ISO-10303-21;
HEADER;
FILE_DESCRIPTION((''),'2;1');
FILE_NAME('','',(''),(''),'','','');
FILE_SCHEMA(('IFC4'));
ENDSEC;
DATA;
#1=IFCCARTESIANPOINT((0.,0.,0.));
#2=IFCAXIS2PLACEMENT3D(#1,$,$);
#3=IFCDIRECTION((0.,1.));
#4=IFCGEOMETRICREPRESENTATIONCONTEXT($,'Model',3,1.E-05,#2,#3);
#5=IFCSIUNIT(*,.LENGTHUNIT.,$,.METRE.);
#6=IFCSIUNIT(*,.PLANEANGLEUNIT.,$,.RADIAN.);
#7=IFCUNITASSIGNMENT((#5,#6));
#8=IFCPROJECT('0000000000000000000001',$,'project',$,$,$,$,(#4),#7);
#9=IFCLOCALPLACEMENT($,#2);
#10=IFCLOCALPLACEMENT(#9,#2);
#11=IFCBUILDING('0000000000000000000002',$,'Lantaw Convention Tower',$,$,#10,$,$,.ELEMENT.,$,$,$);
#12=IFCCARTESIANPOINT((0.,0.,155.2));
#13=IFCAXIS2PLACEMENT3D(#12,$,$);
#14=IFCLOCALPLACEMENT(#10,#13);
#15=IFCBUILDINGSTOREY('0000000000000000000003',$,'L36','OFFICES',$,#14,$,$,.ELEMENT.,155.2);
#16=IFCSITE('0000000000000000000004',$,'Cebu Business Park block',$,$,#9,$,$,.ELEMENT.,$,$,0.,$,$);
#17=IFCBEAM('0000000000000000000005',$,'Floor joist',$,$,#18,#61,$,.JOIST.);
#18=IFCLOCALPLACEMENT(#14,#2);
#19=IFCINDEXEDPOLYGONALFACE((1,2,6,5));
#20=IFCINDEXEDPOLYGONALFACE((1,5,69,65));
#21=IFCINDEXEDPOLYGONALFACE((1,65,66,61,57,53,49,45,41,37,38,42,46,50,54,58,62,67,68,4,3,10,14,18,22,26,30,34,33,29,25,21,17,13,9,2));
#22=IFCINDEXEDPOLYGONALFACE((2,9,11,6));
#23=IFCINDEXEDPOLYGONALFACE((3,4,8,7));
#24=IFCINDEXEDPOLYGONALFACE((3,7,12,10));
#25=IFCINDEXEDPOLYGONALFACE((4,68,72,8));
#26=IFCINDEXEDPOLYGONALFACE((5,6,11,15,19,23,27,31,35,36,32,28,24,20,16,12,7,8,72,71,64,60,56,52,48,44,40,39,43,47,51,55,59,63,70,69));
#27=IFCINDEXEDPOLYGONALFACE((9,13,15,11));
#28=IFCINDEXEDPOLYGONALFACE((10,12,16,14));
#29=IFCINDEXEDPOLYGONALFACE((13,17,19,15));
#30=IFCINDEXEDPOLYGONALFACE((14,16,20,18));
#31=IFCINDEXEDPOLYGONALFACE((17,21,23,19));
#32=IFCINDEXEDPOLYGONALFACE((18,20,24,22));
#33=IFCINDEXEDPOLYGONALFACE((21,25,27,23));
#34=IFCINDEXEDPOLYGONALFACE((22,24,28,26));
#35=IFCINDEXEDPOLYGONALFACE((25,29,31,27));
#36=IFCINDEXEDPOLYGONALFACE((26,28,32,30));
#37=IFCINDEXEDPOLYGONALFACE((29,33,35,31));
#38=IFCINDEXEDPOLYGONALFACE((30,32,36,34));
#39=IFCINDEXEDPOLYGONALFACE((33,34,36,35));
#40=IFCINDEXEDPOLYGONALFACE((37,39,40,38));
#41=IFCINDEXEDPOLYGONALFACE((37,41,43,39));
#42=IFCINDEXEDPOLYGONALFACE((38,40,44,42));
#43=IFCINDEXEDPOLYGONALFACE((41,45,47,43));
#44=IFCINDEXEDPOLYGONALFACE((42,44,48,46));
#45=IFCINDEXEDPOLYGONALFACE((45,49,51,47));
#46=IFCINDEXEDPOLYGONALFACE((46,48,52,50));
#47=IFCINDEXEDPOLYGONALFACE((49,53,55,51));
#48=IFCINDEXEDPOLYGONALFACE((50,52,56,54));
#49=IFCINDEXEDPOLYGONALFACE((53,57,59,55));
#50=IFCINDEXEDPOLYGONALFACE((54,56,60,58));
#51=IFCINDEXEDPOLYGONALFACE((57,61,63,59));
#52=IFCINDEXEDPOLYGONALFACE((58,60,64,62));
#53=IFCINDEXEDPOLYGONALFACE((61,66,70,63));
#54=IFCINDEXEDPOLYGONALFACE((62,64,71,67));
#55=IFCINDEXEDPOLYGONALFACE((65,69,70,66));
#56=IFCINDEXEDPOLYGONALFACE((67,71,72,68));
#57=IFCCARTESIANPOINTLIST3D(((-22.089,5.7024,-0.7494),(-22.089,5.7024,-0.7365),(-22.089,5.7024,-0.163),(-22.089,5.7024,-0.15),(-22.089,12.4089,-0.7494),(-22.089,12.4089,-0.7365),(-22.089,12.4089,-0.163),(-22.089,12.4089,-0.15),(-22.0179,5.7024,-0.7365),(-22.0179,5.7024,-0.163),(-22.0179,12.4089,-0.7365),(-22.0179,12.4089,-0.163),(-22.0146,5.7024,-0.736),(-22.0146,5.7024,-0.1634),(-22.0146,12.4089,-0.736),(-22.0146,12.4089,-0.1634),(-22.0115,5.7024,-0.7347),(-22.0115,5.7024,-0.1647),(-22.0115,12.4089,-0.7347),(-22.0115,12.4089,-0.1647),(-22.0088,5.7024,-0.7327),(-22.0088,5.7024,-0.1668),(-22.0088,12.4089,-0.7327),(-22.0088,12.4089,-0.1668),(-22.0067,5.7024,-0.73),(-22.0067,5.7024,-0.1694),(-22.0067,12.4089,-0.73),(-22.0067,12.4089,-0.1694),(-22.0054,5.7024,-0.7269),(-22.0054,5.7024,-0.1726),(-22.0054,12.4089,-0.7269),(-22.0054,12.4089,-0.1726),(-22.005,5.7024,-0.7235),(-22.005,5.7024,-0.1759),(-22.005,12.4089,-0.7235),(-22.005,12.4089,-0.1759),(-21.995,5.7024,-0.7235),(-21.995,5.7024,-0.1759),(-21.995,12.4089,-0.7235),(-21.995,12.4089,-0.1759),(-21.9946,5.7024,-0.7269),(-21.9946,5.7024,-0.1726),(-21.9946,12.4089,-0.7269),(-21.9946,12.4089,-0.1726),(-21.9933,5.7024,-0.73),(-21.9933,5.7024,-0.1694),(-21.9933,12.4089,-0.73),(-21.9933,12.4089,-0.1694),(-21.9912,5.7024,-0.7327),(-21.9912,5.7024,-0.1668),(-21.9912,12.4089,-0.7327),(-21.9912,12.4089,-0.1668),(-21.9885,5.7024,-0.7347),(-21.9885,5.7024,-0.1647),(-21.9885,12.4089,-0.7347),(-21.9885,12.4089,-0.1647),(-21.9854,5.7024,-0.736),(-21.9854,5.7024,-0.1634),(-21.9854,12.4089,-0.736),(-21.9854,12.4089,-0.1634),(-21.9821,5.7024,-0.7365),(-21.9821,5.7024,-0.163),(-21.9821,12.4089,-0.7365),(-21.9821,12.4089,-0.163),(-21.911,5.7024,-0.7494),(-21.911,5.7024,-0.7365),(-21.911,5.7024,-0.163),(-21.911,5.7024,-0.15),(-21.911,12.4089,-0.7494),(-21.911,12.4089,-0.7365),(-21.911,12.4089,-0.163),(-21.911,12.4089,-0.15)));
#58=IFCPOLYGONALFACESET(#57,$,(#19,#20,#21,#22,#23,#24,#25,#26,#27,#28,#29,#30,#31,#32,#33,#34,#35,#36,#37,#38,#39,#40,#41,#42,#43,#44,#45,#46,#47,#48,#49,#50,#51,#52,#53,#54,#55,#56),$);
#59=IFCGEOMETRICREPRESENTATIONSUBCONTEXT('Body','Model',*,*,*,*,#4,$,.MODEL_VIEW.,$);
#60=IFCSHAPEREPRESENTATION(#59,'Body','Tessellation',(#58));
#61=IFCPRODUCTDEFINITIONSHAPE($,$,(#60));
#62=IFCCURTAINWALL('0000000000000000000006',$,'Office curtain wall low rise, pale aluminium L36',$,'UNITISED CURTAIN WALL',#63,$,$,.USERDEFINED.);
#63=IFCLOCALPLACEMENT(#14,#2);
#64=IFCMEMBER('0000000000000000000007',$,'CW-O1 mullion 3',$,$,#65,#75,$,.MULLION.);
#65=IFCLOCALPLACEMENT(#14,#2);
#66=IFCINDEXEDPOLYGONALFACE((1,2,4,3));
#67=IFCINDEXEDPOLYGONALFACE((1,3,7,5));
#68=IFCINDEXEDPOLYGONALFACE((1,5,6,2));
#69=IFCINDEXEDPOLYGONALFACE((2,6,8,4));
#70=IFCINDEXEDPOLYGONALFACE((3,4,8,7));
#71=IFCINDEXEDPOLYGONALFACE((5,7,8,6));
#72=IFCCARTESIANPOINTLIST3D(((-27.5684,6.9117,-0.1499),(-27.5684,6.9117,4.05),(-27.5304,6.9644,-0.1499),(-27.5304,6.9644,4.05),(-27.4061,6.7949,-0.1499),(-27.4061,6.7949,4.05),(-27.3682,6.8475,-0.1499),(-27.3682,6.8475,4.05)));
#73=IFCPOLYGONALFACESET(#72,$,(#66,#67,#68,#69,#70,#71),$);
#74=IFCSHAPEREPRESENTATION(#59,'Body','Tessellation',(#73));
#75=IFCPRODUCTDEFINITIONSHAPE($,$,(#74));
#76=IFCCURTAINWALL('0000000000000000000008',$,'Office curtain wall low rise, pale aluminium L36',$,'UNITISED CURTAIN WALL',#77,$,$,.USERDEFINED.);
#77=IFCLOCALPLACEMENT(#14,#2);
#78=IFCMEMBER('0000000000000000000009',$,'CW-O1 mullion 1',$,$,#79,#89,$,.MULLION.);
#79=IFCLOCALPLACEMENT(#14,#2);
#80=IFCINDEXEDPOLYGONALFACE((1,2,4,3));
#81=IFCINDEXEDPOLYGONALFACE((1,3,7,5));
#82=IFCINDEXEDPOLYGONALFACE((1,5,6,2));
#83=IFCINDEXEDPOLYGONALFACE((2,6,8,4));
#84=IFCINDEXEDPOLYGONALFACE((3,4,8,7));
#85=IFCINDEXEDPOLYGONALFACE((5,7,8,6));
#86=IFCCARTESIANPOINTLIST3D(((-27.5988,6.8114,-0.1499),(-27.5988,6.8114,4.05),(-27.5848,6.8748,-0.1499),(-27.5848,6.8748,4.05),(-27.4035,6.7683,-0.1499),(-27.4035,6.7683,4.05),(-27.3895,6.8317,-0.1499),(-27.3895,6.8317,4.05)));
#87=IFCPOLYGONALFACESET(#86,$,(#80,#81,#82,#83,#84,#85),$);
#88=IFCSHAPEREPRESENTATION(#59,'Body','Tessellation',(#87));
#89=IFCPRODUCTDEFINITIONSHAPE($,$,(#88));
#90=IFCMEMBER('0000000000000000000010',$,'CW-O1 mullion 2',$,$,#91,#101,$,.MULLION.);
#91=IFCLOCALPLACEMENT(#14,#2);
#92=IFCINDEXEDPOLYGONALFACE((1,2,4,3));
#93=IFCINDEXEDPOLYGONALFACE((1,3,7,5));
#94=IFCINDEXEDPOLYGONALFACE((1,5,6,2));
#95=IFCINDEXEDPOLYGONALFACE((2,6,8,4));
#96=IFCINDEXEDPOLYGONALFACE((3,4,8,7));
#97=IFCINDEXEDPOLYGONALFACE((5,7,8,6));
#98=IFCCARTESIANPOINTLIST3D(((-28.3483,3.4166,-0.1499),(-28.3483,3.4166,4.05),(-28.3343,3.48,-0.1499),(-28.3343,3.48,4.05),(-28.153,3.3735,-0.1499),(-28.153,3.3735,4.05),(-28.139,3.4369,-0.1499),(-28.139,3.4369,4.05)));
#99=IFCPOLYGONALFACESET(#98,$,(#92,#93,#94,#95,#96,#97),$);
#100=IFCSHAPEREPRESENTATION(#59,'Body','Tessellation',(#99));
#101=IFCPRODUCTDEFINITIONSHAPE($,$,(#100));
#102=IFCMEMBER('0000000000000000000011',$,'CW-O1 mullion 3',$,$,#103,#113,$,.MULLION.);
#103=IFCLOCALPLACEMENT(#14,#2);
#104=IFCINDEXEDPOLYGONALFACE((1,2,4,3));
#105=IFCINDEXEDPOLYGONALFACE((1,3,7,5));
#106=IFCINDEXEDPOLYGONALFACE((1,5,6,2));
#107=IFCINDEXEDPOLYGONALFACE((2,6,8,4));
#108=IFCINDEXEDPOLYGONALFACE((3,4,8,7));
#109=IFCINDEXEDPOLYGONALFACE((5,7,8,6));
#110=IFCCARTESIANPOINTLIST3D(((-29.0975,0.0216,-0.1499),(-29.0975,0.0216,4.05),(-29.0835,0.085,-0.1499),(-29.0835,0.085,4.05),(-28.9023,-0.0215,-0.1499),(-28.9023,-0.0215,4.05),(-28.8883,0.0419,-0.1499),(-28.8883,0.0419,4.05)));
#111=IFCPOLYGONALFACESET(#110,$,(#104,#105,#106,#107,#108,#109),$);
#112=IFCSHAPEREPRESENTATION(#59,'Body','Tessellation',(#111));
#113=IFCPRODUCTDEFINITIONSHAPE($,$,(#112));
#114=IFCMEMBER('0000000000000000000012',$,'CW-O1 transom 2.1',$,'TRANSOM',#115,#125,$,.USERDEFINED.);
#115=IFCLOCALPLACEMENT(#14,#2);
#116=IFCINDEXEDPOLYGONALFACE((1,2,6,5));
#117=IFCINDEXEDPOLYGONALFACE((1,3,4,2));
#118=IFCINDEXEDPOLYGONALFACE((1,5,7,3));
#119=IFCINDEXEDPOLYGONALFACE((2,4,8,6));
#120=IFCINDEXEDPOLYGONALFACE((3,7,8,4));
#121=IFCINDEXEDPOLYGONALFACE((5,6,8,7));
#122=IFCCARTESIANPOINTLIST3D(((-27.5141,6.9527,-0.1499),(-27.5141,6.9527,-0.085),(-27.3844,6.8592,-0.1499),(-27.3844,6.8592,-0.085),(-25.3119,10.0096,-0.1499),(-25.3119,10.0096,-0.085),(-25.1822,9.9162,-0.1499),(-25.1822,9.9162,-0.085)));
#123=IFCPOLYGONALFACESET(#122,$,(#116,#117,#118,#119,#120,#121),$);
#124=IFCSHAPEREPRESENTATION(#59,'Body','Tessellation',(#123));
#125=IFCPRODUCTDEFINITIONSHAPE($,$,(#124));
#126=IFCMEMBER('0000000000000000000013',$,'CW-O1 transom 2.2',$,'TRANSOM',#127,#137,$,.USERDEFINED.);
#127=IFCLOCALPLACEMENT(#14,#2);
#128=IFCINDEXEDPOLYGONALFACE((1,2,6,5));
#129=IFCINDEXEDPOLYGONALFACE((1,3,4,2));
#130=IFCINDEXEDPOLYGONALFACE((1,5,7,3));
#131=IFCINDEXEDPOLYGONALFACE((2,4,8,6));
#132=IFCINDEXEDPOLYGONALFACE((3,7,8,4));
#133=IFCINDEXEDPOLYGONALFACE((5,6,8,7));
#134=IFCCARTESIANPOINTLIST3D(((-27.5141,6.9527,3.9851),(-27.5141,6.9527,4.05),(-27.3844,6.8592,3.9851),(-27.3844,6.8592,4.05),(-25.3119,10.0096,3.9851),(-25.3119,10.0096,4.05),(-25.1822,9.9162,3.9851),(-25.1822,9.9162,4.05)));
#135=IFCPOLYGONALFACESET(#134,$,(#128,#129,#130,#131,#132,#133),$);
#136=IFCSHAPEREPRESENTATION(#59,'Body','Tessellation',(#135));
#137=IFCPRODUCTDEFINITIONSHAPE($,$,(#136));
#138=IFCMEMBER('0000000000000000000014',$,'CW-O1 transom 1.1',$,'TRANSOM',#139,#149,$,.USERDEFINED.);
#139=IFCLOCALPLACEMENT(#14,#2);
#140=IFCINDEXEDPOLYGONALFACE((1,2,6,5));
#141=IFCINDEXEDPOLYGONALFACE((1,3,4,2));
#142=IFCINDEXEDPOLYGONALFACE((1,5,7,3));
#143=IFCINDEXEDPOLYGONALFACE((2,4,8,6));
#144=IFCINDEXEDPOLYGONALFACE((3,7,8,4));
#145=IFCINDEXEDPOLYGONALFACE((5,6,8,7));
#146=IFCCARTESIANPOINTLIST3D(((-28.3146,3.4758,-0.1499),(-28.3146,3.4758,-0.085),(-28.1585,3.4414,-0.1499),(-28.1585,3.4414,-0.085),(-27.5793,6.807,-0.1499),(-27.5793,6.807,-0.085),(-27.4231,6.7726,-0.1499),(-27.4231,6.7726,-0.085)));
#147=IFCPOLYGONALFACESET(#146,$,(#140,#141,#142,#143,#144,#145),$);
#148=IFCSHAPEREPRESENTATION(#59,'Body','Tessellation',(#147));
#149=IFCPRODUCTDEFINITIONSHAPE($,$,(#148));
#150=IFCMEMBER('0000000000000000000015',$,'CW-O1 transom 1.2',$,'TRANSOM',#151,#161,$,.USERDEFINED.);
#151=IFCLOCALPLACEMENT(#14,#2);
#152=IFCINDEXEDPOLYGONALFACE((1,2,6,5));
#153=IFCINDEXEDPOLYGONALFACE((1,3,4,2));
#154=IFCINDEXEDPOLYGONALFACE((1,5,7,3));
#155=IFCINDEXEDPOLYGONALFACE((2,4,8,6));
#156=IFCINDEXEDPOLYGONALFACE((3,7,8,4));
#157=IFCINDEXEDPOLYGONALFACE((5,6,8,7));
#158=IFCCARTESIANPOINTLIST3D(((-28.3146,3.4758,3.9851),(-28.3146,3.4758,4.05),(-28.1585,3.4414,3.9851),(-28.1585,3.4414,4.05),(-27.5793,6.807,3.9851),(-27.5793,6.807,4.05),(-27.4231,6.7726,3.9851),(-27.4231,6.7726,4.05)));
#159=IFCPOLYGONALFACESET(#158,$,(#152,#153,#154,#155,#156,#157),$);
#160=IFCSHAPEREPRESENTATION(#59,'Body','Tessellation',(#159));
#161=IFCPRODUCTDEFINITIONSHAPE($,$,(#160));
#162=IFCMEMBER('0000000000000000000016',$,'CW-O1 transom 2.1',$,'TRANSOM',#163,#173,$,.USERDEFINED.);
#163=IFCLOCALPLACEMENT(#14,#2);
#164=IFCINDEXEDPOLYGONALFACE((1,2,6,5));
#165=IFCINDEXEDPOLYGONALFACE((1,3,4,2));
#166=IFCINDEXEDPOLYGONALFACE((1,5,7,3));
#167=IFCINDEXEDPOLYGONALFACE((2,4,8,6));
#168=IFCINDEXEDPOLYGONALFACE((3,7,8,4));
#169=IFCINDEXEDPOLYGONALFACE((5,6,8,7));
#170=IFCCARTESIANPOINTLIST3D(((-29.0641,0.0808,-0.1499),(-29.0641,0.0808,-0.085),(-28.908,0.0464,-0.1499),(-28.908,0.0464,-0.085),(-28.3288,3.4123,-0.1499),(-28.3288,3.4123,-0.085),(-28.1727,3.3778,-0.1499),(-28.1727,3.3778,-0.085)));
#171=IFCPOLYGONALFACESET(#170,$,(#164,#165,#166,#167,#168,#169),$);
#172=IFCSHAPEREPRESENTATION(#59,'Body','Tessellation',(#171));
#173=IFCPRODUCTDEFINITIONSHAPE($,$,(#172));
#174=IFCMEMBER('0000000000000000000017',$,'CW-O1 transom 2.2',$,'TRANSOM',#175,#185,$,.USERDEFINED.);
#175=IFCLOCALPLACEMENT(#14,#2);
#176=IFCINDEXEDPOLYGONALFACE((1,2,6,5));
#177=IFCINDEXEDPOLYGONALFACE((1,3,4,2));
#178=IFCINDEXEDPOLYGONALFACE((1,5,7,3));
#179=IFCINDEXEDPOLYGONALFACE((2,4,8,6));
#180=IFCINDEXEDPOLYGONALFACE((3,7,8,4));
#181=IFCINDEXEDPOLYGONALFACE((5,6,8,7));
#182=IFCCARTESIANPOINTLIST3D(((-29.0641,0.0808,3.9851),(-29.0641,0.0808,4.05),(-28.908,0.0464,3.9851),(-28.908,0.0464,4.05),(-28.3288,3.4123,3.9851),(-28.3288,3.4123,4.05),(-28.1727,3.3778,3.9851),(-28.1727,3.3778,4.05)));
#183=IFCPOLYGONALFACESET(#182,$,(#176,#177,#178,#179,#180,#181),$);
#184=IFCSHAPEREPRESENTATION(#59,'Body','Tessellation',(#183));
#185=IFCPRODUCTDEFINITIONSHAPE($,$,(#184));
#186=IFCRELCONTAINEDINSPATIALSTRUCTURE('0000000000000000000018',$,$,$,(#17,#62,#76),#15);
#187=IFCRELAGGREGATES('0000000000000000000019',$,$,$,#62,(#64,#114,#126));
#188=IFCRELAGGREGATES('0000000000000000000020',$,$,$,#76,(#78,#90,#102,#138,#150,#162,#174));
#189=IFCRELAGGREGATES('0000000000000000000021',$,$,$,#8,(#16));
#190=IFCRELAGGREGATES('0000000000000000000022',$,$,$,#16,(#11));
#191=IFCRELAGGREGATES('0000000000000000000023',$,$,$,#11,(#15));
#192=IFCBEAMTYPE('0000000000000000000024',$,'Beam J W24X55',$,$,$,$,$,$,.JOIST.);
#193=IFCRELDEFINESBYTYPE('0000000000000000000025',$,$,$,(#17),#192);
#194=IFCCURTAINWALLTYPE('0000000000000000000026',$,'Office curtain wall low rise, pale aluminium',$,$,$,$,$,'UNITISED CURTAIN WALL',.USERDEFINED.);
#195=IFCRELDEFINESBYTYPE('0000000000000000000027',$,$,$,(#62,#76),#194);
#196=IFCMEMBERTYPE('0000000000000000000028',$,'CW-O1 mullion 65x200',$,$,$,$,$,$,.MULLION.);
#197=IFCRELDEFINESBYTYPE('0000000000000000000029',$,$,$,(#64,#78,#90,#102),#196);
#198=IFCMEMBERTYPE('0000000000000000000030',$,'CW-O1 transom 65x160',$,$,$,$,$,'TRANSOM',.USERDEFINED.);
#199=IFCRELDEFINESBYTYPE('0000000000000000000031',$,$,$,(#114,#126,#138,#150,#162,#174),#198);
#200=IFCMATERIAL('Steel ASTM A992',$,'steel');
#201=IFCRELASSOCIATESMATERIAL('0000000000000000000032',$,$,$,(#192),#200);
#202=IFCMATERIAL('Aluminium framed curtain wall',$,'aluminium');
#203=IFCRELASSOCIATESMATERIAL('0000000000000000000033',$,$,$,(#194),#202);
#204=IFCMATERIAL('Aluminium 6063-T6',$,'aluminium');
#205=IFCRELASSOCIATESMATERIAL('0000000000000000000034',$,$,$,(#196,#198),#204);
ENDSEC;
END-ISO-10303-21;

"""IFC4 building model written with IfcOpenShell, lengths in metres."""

from ifc_helpers import new_model, si_unit, direction, frame, origin, origin_2d, place, context, subcontext, project, spatial, rectangle, i_section, extrude, material, material_profile, profile_set, type_object, element, aggregate, save


model = new_model("IFC4")

# Units and contexts
model_context = context("Model", 3, precision=1e-05, world=origin(), true_north=direction((0.0, 1.0)))
body_context = subcontext(model_context, "Body", "Model", "MODEL_VIEW")
ifc_project = project(units=[si_unit("LENGTHUNIT", "METRE"), si_unit("PLANEANGLEUNIT", "RADIAN")], contexts=[model_context])

# Site, building, storey
site_placement = place(None, origin())
site = spatial("IfcSite", under=ifc_project, at=site_placement, Name="Cebu Business Park block", CompositionType="ELEMENT", RefElevation=0.0)
building_placement = place(site_placement, origin())
building = spatial("IfcBuilding", under=site, at=building_placement, Name="Lantaw Convention Tower", CompositionType="ELEMENT")
storey_placement = place(building_placement, frame((0.0, 0.0, 155.2)))
storey = spatial("IfcBuildingStorey", under=building, at=storey_placement, Name="L36", Description="OFFICES", CompositionType="ELEMENT", Elevation=155.2)

# Beam
ifc_material_1 = material(Name="Steel ASTM A992", Category="steel")
ifc_material_profile_1 = material_profile(ifc_material_1, i_section(OverallWidth=0.178, OverallDepth=0.5994, WebThickness=0.01, FlangeThickness=0.0129, FilletRadius=0.0129, at=origin_2d()), Name="W24X55")
ifc_profile_set_1 = profile_set([ifc_material_profile_1], Name="Steel ASTM A992")
beam_type_1 = type_object("IfcBeamType", Name="Beam J W24X55", PredefinedType="JOIST", material=ifc_profile_set_1)
beam_1_placement = place(storey_placement, frame((-22.0, 5.7024, -0.4497), z_axis=(0.0, 1.0, 0.0), x_axis=(-1.0, 0.0, 0.0)))
element("IfcBeam", 1, at=beam_1_placement, inside=storey, type_object=beam_type_1, Name="Floor joist", PredefinedType="JOIST", context=body_context, shape_type="SweptSolid", body=[
    extrude(i_section(OverallWidth=0.178, OverallDepth=0.5994, WebThickness=0.01, FlangeThickness=0.0129, FilletRadius=0.0129, at=origin_2d()), origin(), (0.0, 0.0, 1.0), 6.7065),
])

# Curtain wall, member
ifc_material_2 = material(Name="Aluminium framed curtain wall", Category="aluminium")
curtain_wall_type = type_object("IfcCurtainWallType", Name="Office curtain wall low rise, pale aluminium", ElementType="UNITISED CURTAIN WALL", PredefinedType="USERDEFINED", material=ifc_material_2)
curtain_wall_1_placement = place(storey_placement, origin())
curtain_wall_1 = element("IfcCurtainWall", 2, at=curtain_wall_1_placement, inside=storey, type_object=curtain_wall_type, Name="Office curtain wall low rise, pale aluminium L36", ObjectType="UNITISED CURTAIN WALL", PredefinedType="USERDEFINED")
ifc_material_3 = material(Name="Aluminium 6063-T6", Category="aluminium")
ifc_material_profile_2 = material_profile(ifc_material_3, rectangle(XDim=0.2, YDim=0.0649, at=origin_2d()), Name="CW-O1 mullion 65x200")
ifc_profile_set_2 = profile_set([ifc_material_profile_2], Name="Aluminium 6063-T6")
member_type_1 = type_object("IfcMemberType", Name="CW-O1 mullion 65x200", PredefinedType="MULLION", material=ifc_profile_set_2)
member_1_placement = place(storey_placement, frame((-27.4683, 6.8796, -0.1499), z_axis=(0.0, 0.0, 1.0), x_axis=(0.811385, -0.584513, 0.0)))
member_1 = element("IfcMember", 3, at=member_1_placement, type_object=member_type_1, Name="CW-O1 mullion 3", PredefinedType="MULLION", context=body_context, shape_type="SweptSolid", body=[
    extrude(rectangle(XDim=0.2, YDim=0.0649, at=origin_2d()), origin(), (0.0, 0.0, 1.0), 4.2),
])

# Curtain wall, members
curtain_wall_2_placement = place(storey_placement, origin())
curtain_wall_2 = element("IfcCurtainWall", 4, at=curtain_wall_2_placement, inside=storey, type_object=curtain_wall_type, Name="Office curtain wall low rise, pale aluminium L36", ObjectType="UNITISED CURTAIN WALL", PredefinedType="USERDEFINED")
member_2_placement = place(storey_placement, frame((-27.4941, 6.8215, -0.1499), z_axis=(0.0, 0.0, 1.0), x_axis=(0.976494, -0.215546, 0.0)))
member_2 = element("IfcMember", 5, at=member_2_placement, type_object=member_type_1, Name="CW-O1 mullion 1", PredefinedType="MULLION", context=body_context, shape_type="SweptSolid", body=[
    extrude(rectangle(XDim=0.2, YDim=0.0649, at=origin_2d()), origin(), (0.0, 0.0, 1.0), 4.2),
])
member_3_placement = place(storey_placement, frame((-28.2437, 3.4268, -0.1499), z_axis=(0.0, 0.0, 1.0), x_axis=(0.976494, -0.215546, 0.0)))
member_3 = element("IfcMember", 6, at=member_3_placement, type_object=member_type_1, Name="CW-O1 mullion 2", PredefinedType="MULLION", context=body_context, shape_type="SweptSolid", body=[
    extrude(rectangle(XDim=0.2, YDim=0.0649, at=origin_2d()), origin(), (0.0, 0.0, 1.0), 4.2),
])
member_4_placement = place(storey_placement, frame((-28.9929, 0.0317, -0.1499), z_axis=(0.0, 0.0, 1.0), x_axis=(0.976494, -0.215546, 0.0)))
member_4 = element("IfcMember", 7, at=member_4_placement, type_object=member_type_1, Name="CW-O1 mullion 3", PredefinedType="MULLION", context=body_context, shape_type="SweptSolid", body=[
    extrude(rectangle(XDim=0.2, YDim=0.0649, at=origin_2d()), origin(), (0.0, 0.0, 1.0), 4.2),
])

# Members
ifc_material_profile_3 = material_profile(ifc_material_3, rectangle(XDim=0.1599, YDim=0.0649, at=origin_2d()), Name="CW-O1 transom 65x160")
ifc_profile_set_3 = profile_set([ifc_material_profile_3], Name="Aluminium 6063-T6")
member_type_2 = type_object("IfcMemberType", Name="CW-O1 transom 65x160", ElementType="TRANSOM", PredefinedType="USERDEFINED", material=ifc_profile_set_3)
member_5_placement = place(storey_placement, frame((-25.2471, 9.9629, -0.1174), z_axis=(-0.584513, -0.811384, 0.0), x_axis=(0.811384, -0.584513, 0.0)))
member_5 = element("IfcMember", 8, at=member_5_placement, type_object=member_type_2, Name="CW-O1 transom 2.1", ObjectType="TRANSOM", PredefinedType="USERDEFINED", context=body_context, shape_type="SweptSolid", body=[
    extrude(rectangle(XDim=0.1599, YDim=0.0649, at=origin_2d()), origin(), (0.0, 0.0, 1.0), 3.7676),
])
member_6_placement = place(storey_placement, frame((-25.2471, 9.9629, 4.0176), z_axis=(-0.584513, -0.811384, 0.0), x_axis=(0.811384, -0.584513, 0.0)))
member_6 = element("IfcMember", 9, at=member_6_placement, type_object=member_type_2, Name="CW-O1 transom 2.2", ObjectType="TRANSOM", PredefinedType="USERDEFINED", context=body_context, shape_type="SweptSolid", body=[
    extrude(rectangle(XDim=0.1599, YDim=0.0649, at=origin_2d()), origin(), (0.0, 0.0, 1.0), 3.7676),
])
member_7_placement = place(storey_placement, frame((-27.5012, 6.7898, -0.1174), z_axis=(-0.215551, -0.976493, 0.0), x_axis=(0.976493, -0.215551, 0.0)))
member_7 = element("IfcMember", 10, at=member_7_placement, type_object=member_type_2, Name="CW-O1 transom 1.1", ObjectType="TRANSOM", PredefinedType="USERDEFINED", context=body_context, shape_type="SweptSolid", body=[
    extrude(rectangle(XDim=0.1599, YDim=0.0649, at=origin_2d()), origin(), (0.0, 0.0, 1.0), 3.4114),
])
member_8_placement = place(storey_placement, frame((-27.5012, 6.7898, 4.0176), z_axis=(-0.215551, -0.976493, 0.0), x_axis=(0.976493, -0.215551, 0.0)))
member_8 = element("IfcMember", 11, at=member_8_placement, type_object=member_type_2, Name="CW-O1 transom 1.2", ObjectType="TRANSOM", PredefinedType="USERDEFINED", context=body_context, shape_type="SweptSolid", body=[
    extrude(rectangle(XDim=0.1599, YDim=0.0649, at=origin_2d()), origin(), (0.0, 0.0, 1.0), 3.4114),
])
member_9_placement = place(storey_placement, frame((-28.2507, 3.395, -0.1174), z_axis=(-0.215536, -0.976496, 0.0), x_axis=(0.976496, -0.215536, 0.0)))
member_9 = element("IfcMember", 12, at=member_9_placement, type_object=member_type_2, Name="CW-O1 transom 2.1", ObjectType="TRANSOM", PredefinedType="USERDEFINED", context=body_context, shape_type="SweptSolid", body=[
    extrude(rectangle(XDim=0.1599, YDim=0.0649, at=origin_2d()), origin(), (0.0, 0.0, 1.0), 3.4116),
])
member_10_placement = place(storey_placement, frame((-28.2507, 3.395, 4.0176), z_axis=(-0.215536, -0.976496, 0.0), x_axis=(0.976496, -0.215536, 0.0)))
member_10 = element("IfcMember", 13, at=member_10_placement, type_object=member_type_2, Name="CW-O1 transom 2.2", ObjectType="TRANSOM", PredefinedType="USERDEFINED", context=body_context, shape_type="SweptSolid", body=[
    extrude(rectangle(XDim=0.1599, YDim=0.0649, at=origin_2d()), origin(), (0.0, 0.0, 1.0), 3.4116),
])

aggregate(curtain_wall_1, [member_1, member_5, member_6])
aggregate(curtain_wall_2, [member_2, member_3, member_4, member_7, member_8, member_9, member_10])

save(model, "model.ifc")
